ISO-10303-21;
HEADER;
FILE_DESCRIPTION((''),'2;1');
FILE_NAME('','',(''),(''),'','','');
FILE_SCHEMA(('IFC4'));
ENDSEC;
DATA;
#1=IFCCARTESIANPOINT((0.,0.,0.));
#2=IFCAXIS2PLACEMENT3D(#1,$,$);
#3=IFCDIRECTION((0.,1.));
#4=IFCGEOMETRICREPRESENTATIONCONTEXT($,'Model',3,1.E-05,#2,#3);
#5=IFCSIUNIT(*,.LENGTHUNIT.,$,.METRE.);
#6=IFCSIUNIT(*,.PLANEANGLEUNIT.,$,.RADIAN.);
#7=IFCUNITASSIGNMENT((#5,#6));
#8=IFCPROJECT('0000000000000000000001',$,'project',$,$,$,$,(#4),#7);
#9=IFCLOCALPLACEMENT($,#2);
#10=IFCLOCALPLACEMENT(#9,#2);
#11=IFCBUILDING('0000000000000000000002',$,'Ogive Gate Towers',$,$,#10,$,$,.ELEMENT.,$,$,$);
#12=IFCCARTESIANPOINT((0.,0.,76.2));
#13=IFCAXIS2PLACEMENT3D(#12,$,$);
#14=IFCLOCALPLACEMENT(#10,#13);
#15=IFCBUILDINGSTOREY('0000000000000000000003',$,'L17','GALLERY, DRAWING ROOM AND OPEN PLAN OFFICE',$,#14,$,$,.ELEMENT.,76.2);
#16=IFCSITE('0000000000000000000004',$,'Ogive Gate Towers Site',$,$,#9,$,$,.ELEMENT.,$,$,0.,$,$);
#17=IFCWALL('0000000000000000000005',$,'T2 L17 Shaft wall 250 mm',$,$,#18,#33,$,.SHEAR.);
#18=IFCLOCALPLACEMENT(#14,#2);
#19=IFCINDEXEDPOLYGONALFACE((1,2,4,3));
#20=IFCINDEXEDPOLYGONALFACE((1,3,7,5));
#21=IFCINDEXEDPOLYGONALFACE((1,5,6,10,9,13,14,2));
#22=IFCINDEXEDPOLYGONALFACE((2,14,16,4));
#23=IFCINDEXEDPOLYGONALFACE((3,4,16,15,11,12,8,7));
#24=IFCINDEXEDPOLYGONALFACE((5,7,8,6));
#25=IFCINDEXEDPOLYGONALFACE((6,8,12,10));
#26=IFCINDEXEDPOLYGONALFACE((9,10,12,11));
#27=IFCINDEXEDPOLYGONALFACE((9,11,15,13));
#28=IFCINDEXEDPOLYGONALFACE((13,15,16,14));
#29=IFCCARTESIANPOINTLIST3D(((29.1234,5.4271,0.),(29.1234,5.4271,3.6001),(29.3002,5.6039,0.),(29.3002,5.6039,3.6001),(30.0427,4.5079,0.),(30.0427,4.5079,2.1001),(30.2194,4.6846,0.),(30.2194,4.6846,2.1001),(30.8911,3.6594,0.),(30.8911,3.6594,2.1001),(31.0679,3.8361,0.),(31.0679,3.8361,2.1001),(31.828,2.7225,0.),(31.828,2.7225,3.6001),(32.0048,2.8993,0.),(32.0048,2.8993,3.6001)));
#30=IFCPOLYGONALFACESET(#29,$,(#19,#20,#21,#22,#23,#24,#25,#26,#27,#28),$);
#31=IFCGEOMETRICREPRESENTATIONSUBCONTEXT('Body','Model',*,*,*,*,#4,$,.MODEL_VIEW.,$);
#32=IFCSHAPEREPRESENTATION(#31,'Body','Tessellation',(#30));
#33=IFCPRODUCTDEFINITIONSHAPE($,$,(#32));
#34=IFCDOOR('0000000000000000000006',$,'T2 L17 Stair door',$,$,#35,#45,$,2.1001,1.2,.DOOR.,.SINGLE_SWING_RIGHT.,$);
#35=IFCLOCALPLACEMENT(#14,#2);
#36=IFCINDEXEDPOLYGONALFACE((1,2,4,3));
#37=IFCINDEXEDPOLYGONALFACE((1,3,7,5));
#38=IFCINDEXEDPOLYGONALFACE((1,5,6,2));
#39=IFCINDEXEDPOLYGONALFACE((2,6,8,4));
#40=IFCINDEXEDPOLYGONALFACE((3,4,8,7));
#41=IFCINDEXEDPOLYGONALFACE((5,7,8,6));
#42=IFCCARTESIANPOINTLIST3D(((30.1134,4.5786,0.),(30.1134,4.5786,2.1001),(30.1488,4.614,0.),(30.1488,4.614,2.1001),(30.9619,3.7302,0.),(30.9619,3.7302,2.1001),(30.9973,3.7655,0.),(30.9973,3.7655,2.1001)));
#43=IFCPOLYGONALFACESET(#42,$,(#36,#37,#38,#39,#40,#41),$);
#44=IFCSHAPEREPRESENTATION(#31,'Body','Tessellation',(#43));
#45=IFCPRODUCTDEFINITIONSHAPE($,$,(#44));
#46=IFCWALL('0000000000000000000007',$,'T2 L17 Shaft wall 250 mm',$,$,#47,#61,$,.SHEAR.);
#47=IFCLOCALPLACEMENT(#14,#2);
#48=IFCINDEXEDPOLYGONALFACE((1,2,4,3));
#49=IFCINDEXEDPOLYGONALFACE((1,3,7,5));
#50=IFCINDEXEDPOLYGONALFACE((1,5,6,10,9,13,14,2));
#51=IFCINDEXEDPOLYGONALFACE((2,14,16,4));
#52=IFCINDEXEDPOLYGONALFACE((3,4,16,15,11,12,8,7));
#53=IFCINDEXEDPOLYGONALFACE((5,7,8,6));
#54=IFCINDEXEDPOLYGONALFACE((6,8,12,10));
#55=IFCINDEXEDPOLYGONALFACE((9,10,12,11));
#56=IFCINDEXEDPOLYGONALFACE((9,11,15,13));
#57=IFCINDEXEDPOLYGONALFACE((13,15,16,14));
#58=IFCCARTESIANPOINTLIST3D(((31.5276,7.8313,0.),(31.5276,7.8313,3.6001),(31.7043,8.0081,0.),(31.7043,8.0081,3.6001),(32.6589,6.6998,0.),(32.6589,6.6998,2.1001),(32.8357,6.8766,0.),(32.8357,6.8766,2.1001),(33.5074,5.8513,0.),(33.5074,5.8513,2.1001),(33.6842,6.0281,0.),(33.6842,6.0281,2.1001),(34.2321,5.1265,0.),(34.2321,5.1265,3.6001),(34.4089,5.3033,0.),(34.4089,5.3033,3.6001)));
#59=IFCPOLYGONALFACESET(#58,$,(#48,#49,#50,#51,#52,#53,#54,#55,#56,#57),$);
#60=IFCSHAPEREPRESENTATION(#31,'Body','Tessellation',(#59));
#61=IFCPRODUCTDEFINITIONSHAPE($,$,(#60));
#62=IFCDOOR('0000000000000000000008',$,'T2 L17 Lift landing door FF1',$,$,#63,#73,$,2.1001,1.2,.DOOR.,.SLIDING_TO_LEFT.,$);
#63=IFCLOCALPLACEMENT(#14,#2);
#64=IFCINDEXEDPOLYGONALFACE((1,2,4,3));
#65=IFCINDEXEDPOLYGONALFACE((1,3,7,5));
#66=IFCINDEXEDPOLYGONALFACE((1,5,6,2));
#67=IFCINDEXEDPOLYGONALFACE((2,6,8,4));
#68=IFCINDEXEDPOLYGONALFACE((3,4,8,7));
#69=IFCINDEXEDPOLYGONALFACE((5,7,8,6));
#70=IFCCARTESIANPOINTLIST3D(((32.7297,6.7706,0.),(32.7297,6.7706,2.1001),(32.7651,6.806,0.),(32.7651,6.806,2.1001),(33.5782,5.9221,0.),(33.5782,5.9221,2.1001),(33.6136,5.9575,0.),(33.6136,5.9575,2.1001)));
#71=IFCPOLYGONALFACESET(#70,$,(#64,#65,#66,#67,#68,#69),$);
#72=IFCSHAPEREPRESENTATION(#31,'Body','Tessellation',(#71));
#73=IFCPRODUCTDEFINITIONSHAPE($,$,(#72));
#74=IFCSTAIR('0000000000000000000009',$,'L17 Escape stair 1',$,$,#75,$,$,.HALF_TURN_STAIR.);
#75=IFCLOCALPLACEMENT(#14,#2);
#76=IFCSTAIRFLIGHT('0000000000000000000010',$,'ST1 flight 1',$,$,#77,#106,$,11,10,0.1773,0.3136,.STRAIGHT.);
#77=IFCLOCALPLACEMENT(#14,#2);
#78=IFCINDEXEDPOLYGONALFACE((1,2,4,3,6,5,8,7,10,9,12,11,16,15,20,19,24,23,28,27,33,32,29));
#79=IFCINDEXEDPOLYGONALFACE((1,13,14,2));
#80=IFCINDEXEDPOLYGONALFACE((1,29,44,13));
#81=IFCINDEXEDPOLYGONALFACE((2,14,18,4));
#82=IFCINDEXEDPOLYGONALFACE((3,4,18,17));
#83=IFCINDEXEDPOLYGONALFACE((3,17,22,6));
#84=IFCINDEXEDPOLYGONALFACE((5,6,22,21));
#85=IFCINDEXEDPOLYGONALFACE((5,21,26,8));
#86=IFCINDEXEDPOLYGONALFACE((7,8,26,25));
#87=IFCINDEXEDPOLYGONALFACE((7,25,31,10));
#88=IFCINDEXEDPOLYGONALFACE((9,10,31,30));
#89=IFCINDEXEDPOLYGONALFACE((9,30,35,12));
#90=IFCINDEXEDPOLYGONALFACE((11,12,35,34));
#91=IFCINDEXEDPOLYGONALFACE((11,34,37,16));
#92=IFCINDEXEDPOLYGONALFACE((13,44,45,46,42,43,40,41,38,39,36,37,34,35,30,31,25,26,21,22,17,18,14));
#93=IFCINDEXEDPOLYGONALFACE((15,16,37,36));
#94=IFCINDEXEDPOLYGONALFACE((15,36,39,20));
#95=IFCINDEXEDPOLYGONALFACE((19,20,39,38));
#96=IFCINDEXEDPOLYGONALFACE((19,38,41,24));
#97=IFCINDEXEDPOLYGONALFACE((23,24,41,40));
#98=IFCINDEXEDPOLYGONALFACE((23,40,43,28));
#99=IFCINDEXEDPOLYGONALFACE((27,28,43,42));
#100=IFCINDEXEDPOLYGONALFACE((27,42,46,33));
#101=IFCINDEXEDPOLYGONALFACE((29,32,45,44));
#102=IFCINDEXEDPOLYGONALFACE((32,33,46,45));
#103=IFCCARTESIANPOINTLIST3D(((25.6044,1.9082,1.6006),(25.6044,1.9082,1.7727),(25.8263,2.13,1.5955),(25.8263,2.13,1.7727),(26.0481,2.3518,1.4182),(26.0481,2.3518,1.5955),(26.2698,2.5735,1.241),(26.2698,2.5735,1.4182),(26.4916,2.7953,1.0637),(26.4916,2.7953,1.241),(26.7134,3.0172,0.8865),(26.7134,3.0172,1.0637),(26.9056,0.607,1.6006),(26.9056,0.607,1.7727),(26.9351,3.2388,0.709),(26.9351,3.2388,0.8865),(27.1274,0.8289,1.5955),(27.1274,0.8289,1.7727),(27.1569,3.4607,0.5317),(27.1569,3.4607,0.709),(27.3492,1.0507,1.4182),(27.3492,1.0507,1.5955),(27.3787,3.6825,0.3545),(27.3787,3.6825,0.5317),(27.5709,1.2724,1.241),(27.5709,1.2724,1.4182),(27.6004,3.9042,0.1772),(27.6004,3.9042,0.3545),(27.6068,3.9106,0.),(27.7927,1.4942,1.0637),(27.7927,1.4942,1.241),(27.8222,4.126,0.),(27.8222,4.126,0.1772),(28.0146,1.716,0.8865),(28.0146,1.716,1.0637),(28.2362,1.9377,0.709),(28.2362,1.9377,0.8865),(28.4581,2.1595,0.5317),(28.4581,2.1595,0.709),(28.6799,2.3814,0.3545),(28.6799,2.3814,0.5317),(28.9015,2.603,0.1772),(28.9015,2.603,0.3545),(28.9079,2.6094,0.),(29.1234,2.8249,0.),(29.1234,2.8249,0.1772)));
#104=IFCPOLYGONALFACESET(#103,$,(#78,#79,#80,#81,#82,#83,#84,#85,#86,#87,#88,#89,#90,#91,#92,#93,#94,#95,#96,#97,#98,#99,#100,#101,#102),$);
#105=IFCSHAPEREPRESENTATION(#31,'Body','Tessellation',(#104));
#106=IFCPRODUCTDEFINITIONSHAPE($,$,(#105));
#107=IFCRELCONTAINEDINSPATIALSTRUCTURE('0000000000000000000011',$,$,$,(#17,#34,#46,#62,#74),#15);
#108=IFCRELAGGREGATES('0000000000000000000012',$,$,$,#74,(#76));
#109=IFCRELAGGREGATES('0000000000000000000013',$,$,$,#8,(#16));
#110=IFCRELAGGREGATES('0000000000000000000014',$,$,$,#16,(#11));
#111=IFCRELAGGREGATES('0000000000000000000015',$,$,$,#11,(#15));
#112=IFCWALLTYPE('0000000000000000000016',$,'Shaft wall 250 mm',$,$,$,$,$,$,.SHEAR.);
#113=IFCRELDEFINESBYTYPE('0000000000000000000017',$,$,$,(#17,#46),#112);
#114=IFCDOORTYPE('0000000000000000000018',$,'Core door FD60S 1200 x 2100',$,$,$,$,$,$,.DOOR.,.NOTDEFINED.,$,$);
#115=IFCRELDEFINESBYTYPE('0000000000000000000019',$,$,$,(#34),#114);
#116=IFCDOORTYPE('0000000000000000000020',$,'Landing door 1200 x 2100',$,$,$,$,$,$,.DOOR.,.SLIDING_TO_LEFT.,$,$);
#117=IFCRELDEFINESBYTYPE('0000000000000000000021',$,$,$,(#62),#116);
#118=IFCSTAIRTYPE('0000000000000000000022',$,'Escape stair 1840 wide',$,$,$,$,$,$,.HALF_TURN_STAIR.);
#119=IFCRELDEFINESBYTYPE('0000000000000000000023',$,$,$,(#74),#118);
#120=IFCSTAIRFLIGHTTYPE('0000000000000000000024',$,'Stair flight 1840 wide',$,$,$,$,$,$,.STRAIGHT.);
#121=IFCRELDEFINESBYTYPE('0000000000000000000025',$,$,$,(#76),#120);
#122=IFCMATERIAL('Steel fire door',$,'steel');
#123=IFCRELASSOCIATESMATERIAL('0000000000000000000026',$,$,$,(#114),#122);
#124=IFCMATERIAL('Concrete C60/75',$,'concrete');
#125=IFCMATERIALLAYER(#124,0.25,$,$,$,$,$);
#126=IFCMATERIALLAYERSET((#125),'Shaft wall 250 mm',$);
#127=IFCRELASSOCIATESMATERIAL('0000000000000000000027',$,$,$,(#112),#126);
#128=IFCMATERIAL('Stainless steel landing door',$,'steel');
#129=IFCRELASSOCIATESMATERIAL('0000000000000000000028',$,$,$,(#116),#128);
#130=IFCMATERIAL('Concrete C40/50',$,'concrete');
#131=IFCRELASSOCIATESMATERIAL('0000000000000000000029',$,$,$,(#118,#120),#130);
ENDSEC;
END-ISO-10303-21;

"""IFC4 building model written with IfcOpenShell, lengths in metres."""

from ifc_helpers import new_model, si_unit, direction, frame, frame_2d, origin, place, context, subcontext, project, spatial, polyline, rectangle, outline, extrude, material, layer, layer_set, type_object, element, fill, aggregate, save


model = new_model("IFC4")

# Units and contexts
model_context = context("Model", 3, precision=1e-05, world=origin(), true_north=direction((0.0, 1.0)))
body_context = subcontext(model_context, "Body", "Model", "MODEL_VIEW")
ifc_project = project(units=[si_unit("LENGTHUNIT", "METRE"), si_unit("PLANEANGLEUNIT", "RADIAN")], contexts=[model_context])

# Site, building, storey
site_placement = place(None, origin())
site = spatial("IfcSite", under=ifc_project, at=site_placement, Name="Ogive Gate Towers Site", CompositionType="ELEMENT", RefElevation=0.0)
building_placement = place(site_placement, origin())
building = spatial("IfcBuilding", under=site, at=building_placement, Name="Ogive Gate Towers", CompositionType="ELEMENT")
storey_placement = place(building_placement, frame((0.0, 0.0, 76.2)))
storey = spatial("IfcBuildingStorey", under=building, at=storey_placement, Name="L17", Description="GALLERY, DRAWING ROOM AND OPEN PLAN OFFICE", CompositionType="ELEMENT", Elevation=76.2)

# Shared definitions
ifc_material_1 = material(Name="Concrete C40/50", Category="concrete")

# Shared definitions
ifc_material_2 = material(Name="Concrete C60/75", Category="concrete")
ifc_material_3 = material(Name="Steel fire door", Category="steel")
door_type_1 = type_object("IfcDoorType", Name="Core door FD60S 1200 x 2100", OperationType="NOTDEFINED", PredefinedType="DOOR", material=ifc_material_3)

# Walls, openings, doors
ifc_layer_1 = layer(ifc_material_2, 0.25)
ifc_layer_set_1 = layer_set([ifc_layer_1], Name="Shaft wall 250 mm")
wall_type_1 = type_object("IfcWallType", Name="Shaft wall 250 mm", PredefinedType="SHEAR", material=ifc_layer_set_1)
wall_1_placement = place(storey_placement, frame((31.9165, 2.8108, 0.0), z_axis=(0.0, 0.0, 1.0), x_axis=(-0.707107, 0.707107, 0.0)))
wall_1 = element("IfcWall", 1, at=wall_1_placement, inside=storey, type_object=wall_type_1, Name="T2 L17 Shaft wall 250 mm", PredefinedType="SHEAR", context=body_context, shape_type="SweptSolid", body=[
    extrude(rectangle(XDim=3.825, YDim=0.25, at=frame_2d((1.9126, 0.0))), origin(), (0.0, 0.0, 1.0), 3.6001),
])
opening_1_placement = place(wall_1_placement, frame((1.325, 0.0, 0.0)))
opening_1 = element("IfcOpeningElement", 2, at=opening_1_placement, cuts=wall_1, PredefinedType="OPENING", context=body_context, shape_type="SweptSolid", body=[
    extrude(rectangle(XDim=1.2, YDim=2.1001, at=frame_2d((0.6001, 1.05))), frame((0.0, 0.135, 0.0), z_axis=(0.0, -1.0, 0.0), x_axis=(1.0, 0.0, 0.0)), (0.0, 0.0, 1.0), 0.27),
])
door_1_placement = place(opening_1_placement, origin())
door_1 = element("IfcDoor", 3, at=door_1_placement, inside=storey, type_object=door_type_1, Name="T2 L17 Stair door", OperationType="SINGLE_SWING_RIGHT", OverallHeight=2.1001, OverallWidth=1.2, PredefinedType="DOOR", context=body_context, shape_type="SweptSolid", body=[
    extrude(rectangle(XDim=1.2, YDim=2.1001, at=frame_2d((0.6001, 1.05))), frame((0.0, 0.0249, 0.0), z_axis=(0.0, -1.0, 0.0), x_axis=(1.0, 0.0, 0.0)), (0.0, 0.0, 1.0), 0.05),
])
fill(opening_1, door_1)
wall_2_placement = place(storey_placement, frame((34.3206, 5.2148, 0.0), z_axis=(0.0, 0.0, 1.0), x_axis=(-0.707075, 0.707139, 0.0)))
wall_2 = element("IfcWall", 4, at=wall_2_placement, inside=storey, type_object=wall_type_1, Name="T2 L17 Shaft wall 250 mm", PredefinedType="SHEAR", context=body_context, shape_type="SweptSolid", body=[
    extrude(rectangle(XDim=3.825, YDim=0.25, at=frame_2d((1.9126, 0.0))), origin(), (0.0, 0.0, 1.0), 3.6001),
])
opening_2_placement = place(wall_2_placement, frame((1.0249, 0.0, 0.0)))
opening_2 = element("IfcOpeningElement", 5, at=opening_2_placement, cuts=wall_2, PredefinedType="OPENING", context=body_context, shape_type="SweptSolid", body=[
    extrude(rectangle(XDim=1.2, YDim=2.1001, at=frame_2d((0.6001, 1.05))), frame((0.0, 0.135, 0.0), z_axis=(0.0, -1.0, 0.0), x_axis=(1.0, 0.0, 0.0)), (0.0, 0.0, 1.0), 0.27),
])
ifc_material_4 = material(Name="Stainless steel landing door", Category="steel")
door_type_2 = type_object("IfcDoorType", Name="Landing door 1200 x 2100", OperationType="SLIDING_TO_LEFT", PredefinedType="DOOR", material=ifc_material_4)
door_2_placement = place(opening_2_placement, origin())
door_2 = element("IfcDoor", 6, at=door_2_placement, inside=storey, type_object=door_type_2, Name="T2 L17 Lift landing door FF1", OperationType="SLIDING_TO_LEFT", OverallHeight=2.1001, OverallWidth=1.2, PredefinedType="DOOR", context=body_context, shape_type="SweptSolid", body=[
    extrude(rectangle(XDim=1.2, YDim=2.1001, at=frame_2d((0.6001, 1.05))), frame((0.0, 0.0249, 0.0), z_axis=(0.0, -1.0, 0.0), x_axis=(1.0, 0.0, 0.0)), (0.0, 0.0, 1.0), 0.05),
])
fill(opening_2, door_2)

# Stair, stair flight
stair_type = type_object("IfcStairType", Name="Escape stair 1840 wide", PredefinedType="HALF_TURN_STAIR", material=ifc_material_1)
stair_placement = place(storey_placement, origin())
stair = element("IfcStair", 7, at=stair_placement, inside=storey, type_object=stair_type, Name="L17 Escape stair 1", PredefinedType="HALF_TURN_STAIR")
stair_flight_type = type_object("IfcStairFlightType", Name="Stair flight 1840 wide", PredefinedType="STRAIGHT", material=ifc_material_1)
stair_flight_placement = place(storey_placement, frame((28.4729, 3.4753, 0.0), z_axis=(0.0, 0.0, 1.0), x_axis=(-0.707107, -0.707107, 0.0)))
stair_flight = element("IfcStairFlight", 8, at=stair_flight_placement, type_object=stair_flight_type, Name="ST1 flight 1", NumberOfRisers=11, NumberOfTreads=10, PredefinedType="STRAIGHT", RiserHeight=0.1773, TreadLength=0.3136, context=body_context, shape_type="SweptSolid", body=[
    extrude(outline(polyline([(0.0, 0.0), (0.0, 0.1772), (0.3137, 0.1772), (0.3137, 0.3545), (0.6272, 0.3545), (0.6272, 0.5317), (0.9409, 0.5317), (0.9409, 0.709), (1.2546, 0.709), (1.2546, 0.8865), (1.5681, 0.8865), (1.5681, 1.0637), (1.8818, 1.0637), (1.8818, 1.241), (2.1956, 1.241), (2.1956, 1.4182), (2.509, 1.4182), (2.509, 1.5955), (2.8228, 1.5955), (2.8228, 1.7727), (3.1365, 1.7727), (3.1365, 1.95), (3.1365, 1.6006), (0.3047, 0.0), (0.0, 0.0)])), frame((0.0, 0.9199, 0.0), z_axis=(0.0, -1.0, 0.0), x_axis=(1.0, 0.0, 0.0)), (0.0, 0.0, 1.0), 1.8401),
])
aggregate(stair, [stair_flight])

save(model, "model.ifc")
